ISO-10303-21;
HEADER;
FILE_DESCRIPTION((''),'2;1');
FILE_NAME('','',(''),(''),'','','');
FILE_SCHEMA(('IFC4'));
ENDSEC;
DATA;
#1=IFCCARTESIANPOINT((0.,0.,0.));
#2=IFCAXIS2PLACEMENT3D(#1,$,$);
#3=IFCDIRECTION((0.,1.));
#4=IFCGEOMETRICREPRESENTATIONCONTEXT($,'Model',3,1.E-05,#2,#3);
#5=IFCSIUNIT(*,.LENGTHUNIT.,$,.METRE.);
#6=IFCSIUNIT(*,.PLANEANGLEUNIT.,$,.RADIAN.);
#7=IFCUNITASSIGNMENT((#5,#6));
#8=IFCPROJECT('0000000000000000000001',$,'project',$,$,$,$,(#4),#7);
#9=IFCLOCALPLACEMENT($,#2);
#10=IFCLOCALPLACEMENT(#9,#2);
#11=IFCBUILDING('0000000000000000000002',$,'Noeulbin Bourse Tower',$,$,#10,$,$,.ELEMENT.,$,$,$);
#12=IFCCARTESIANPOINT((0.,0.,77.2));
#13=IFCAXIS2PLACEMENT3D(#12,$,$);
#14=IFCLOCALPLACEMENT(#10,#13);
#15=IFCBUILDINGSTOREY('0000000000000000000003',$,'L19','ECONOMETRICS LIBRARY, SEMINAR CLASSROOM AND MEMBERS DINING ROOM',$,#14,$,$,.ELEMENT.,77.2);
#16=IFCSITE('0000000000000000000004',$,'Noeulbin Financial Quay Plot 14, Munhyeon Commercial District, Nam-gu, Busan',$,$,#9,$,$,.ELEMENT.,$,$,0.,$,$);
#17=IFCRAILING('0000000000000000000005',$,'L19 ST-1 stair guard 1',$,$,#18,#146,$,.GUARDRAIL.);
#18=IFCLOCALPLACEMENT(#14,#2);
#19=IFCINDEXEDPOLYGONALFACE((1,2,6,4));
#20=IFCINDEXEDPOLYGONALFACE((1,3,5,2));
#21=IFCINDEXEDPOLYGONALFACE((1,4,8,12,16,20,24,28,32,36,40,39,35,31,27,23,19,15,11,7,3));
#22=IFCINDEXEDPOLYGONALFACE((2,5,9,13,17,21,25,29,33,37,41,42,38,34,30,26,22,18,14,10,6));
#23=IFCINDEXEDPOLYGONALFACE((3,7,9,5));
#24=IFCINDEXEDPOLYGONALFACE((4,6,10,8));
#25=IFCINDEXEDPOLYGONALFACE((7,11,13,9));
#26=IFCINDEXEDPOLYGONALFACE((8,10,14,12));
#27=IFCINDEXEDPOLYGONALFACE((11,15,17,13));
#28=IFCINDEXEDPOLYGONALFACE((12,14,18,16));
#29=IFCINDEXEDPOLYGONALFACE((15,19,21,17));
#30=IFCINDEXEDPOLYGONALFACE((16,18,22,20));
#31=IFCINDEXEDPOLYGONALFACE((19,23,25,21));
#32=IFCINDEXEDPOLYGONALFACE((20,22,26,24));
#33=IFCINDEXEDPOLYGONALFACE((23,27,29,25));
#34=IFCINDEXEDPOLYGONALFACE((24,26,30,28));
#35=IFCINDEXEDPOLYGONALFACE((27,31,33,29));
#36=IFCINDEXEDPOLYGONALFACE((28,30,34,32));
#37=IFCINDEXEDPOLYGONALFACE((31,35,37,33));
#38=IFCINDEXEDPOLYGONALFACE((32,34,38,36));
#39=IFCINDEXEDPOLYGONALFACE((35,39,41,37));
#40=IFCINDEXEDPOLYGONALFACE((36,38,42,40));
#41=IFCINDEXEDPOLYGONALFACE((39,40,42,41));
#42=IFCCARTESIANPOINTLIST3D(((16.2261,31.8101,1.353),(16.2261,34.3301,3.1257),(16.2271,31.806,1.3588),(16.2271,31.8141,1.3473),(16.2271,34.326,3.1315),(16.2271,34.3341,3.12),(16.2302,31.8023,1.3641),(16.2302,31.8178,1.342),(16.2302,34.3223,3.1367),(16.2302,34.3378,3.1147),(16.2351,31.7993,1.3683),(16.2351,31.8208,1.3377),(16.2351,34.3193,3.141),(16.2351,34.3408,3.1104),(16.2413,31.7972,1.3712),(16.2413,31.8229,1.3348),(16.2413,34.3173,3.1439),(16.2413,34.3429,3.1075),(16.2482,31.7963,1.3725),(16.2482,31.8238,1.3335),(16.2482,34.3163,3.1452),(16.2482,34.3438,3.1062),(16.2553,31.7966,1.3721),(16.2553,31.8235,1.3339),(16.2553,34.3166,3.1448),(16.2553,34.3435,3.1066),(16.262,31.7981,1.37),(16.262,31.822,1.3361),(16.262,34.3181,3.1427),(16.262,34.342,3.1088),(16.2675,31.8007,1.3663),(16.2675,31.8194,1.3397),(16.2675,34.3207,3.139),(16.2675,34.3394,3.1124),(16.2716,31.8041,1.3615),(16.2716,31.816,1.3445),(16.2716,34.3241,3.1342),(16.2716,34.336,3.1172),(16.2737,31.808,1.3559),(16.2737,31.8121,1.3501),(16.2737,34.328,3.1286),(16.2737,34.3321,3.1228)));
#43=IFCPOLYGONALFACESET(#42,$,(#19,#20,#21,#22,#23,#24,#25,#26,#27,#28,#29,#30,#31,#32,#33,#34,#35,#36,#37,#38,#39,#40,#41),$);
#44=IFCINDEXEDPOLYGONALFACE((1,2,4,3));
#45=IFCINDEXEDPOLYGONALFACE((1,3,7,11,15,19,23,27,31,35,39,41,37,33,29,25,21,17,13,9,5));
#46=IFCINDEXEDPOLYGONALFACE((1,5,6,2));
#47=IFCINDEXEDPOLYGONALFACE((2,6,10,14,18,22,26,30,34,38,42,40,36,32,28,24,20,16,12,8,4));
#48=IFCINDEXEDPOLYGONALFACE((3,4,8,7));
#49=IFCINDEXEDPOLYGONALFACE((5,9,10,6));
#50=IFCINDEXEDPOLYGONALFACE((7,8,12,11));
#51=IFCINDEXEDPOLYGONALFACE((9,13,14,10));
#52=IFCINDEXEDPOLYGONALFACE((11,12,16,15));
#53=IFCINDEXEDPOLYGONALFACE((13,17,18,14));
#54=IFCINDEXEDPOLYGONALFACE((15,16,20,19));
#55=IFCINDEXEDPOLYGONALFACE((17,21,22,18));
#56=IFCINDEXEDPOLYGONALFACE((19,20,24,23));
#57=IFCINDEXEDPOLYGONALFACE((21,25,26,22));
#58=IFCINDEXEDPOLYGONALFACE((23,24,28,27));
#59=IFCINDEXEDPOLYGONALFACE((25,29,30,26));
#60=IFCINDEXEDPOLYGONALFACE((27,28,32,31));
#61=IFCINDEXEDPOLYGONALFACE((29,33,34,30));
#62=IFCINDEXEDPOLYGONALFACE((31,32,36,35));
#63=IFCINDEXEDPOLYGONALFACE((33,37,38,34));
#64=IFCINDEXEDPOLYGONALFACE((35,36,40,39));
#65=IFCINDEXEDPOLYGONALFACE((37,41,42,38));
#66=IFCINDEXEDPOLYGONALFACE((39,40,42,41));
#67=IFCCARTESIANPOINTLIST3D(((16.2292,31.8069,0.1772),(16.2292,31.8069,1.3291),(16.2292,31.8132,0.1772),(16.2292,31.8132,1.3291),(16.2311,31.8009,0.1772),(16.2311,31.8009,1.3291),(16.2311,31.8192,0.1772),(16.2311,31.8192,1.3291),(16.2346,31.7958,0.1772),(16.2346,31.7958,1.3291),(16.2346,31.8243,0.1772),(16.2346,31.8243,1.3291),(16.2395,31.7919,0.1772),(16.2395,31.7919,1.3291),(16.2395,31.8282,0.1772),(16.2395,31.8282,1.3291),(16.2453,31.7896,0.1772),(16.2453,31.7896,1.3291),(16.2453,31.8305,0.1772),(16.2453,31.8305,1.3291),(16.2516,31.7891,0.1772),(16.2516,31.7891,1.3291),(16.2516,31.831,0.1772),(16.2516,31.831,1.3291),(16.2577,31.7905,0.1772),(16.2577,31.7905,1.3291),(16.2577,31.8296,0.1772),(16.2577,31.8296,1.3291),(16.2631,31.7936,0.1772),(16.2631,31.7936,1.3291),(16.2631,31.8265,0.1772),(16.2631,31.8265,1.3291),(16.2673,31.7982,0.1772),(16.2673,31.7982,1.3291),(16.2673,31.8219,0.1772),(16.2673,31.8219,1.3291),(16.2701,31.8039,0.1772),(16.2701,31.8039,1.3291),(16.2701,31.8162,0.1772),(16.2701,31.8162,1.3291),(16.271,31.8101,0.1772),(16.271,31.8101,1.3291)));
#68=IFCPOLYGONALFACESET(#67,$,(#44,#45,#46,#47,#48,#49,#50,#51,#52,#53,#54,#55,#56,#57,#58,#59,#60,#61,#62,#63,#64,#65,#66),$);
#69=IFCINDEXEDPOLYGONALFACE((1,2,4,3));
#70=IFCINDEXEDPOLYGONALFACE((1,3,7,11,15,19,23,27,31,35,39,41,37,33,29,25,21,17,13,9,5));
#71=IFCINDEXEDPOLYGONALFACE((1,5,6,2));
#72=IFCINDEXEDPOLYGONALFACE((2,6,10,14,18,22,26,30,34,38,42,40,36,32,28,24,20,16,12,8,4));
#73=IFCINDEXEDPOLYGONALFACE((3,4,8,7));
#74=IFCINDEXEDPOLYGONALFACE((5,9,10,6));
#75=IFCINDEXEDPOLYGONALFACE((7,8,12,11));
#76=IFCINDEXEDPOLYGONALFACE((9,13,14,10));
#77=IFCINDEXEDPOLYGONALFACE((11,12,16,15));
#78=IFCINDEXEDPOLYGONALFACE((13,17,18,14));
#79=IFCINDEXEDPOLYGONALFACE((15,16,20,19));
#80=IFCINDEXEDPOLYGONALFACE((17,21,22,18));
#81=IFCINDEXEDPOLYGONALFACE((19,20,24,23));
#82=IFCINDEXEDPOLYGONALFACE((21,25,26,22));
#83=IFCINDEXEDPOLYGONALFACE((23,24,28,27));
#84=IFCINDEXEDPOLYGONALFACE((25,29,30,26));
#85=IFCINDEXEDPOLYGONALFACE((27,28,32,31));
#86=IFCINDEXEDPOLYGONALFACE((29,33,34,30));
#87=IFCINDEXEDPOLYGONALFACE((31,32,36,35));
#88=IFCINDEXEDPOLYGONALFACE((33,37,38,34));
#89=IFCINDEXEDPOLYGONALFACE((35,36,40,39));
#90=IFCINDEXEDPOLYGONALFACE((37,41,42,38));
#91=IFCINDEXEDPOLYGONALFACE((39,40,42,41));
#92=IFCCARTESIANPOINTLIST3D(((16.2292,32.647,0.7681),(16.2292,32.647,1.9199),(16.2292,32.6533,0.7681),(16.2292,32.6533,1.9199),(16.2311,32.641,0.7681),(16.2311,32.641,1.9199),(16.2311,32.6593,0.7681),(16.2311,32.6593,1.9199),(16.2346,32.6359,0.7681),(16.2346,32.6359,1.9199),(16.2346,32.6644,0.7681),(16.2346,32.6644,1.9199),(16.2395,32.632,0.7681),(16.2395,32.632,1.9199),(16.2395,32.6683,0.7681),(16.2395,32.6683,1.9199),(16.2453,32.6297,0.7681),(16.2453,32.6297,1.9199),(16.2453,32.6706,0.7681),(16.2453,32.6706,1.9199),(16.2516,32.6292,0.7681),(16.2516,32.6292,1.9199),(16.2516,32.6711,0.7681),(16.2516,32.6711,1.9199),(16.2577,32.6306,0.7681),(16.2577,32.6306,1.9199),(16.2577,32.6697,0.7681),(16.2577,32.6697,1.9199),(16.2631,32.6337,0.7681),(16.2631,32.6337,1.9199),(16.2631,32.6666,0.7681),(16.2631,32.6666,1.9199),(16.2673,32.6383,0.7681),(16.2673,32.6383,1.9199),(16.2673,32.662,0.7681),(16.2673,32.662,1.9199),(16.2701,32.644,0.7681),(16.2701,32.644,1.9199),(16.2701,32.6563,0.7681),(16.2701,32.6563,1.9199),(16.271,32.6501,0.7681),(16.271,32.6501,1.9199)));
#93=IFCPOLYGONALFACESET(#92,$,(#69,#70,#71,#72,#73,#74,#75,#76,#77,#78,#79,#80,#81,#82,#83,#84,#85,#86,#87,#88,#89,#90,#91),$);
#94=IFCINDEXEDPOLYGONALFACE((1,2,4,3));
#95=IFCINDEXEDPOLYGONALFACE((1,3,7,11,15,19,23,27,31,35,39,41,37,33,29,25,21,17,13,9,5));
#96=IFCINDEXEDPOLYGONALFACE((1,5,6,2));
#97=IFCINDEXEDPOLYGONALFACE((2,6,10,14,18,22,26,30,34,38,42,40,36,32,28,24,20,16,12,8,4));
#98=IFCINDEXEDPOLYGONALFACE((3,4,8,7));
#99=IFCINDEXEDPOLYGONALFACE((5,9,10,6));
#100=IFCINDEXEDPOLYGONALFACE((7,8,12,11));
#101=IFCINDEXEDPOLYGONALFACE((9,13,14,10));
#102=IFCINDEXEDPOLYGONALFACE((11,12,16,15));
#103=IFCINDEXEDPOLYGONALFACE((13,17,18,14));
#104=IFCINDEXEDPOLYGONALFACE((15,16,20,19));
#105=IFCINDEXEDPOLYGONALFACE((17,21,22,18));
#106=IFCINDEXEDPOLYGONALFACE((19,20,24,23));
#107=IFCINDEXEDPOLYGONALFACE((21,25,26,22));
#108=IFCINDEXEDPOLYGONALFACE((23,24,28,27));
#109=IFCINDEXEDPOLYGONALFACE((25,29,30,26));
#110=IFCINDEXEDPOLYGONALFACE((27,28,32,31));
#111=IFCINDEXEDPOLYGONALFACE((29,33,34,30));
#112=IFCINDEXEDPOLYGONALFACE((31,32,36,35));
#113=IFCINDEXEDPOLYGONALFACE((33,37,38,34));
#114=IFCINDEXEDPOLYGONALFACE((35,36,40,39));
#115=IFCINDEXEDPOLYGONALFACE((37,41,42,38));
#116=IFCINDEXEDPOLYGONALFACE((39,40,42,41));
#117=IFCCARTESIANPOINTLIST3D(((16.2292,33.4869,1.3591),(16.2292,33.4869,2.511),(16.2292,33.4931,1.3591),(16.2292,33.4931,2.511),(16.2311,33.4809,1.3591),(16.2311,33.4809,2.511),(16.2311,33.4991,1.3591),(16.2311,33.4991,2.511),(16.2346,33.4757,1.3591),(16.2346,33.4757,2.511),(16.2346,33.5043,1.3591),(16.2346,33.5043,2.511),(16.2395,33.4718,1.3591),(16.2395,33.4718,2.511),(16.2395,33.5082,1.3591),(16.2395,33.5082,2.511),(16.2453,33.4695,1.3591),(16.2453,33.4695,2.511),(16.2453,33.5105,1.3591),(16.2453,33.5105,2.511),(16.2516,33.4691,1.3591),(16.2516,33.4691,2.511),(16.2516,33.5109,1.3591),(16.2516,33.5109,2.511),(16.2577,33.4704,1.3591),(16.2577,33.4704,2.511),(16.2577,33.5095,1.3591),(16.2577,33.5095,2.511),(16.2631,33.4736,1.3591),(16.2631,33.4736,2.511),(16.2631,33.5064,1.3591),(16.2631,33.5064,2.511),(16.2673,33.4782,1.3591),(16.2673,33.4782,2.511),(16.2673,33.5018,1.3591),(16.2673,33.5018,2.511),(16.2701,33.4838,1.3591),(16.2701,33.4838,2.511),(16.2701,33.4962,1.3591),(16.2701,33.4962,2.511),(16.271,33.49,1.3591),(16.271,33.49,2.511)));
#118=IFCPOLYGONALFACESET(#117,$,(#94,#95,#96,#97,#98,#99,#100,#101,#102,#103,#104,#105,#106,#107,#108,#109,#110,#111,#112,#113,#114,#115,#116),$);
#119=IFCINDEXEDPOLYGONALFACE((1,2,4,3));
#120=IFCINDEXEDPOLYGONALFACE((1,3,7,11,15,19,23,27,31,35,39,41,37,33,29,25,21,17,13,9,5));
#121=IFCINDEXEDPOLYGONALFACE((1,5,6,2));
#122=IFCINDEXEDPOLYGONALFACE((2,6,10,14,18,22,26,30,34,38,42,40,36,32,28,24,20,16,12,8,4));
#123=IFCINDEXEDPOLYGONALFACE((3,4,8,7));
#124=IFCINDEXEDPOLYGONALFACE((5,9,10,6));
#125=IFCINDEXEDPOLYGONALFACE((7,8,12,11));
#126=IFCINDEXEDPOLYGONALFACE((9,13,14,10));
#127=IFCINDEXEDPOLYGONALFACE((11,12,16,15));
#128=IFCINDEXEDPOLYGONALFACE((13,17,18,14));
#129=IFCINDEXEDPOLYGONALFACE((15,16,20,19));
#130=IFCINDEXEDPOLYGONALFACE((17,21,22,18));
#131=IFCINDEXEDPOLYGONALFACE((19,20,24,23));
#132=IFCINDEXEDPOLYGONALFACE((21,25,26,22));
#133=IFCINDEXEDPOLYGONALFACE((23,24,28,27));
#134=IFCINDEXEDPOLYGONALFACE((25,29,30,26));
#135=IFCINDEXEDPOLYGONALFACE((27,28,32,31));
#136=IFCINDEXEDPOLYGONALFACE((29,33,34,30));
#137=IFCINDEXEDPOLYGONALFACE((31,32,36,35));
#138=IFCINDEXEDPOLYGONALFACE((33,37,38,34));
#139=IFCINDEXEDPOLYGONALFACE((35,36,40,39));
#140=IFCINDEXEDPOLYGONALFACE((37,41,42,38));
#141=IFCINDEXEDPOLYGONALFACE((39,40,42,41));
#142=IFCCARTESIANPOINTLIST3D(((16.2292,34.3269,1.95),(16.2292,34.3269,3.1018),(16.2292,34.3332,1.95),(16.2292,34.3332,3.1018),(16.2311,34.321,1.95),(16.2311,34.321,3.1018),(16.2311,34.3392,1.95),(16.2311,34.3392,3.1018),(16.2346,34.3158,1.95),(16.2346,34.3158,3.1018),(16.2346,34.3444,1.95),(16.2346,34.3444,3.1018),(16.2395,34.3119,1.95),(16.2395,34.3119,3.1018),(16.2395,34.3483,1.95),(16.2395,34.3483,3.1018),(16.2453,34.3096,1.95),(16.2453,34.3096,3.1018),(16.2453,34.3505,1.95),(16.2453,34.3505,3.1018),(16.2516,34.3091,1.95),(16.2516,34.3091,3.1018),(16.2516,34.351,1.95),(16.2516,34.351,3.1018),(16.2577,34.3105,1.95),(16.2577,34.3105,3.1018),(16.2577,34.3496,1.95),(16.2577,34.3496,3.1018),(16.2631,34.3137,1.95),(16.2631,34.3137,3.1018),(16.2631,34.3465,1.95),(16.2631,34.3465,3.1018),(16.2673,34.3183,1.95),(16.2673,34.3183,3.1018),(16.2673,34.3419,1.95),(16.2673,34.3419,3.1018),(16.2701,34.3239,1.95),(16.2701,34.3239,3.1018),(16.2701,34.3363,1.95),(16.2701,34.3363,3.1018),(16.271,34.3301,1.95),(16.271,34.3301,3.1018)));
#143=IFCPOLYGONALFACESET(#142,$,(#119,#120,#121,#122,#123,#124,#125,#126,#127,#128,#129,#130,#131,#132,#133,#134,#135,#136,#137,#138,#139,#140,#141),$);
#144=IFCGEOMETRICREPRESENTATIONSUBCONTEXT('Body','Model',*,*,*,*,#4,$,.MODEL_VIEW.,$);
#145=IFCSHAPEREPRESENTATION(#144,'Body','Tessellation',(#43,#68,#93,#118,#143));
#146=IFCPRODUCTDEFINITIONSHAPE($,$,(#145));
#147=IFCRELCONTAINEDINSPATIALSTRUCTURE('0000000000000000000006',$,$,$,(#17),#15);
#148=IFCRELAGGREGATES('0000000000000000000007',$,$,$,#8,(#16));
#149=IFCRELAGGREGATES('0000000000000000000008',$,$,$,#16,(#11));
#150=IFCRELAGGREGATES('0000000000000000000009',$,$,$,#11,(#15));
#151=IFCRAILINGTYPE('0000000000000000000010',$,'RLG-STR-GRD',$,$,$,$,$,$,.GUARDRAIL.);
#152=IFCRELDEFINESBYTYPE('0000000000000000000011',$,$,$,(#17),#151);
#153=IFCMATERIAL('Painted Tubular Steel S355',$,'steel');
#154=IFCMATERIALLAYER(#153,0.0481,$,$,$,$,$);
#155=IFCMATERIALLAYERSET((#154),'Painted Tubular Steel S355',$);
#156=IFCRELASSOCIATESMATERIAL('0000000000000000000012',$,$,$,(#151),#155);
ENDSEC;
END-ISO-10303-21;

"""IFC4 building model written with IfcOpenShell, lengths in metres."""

from ifc_helpers import new_model, si_unit, direction, frame, origin, origin_2d, place, context, subcontext, project, spatial, circle, extrude, material, layer, layer_set, type_object, element, save


model = new_model("IFC4")

# Units and contexts
model_context = context("Model", 3, precision=1e-05, world=origin(), true_north=direction((0.0, 1.0)))
body_context = subcontext(model_context, "Body", "Model", "MODEL_VIEW")
ifc_project = project(units=[si_unit("LENGTHUNIT", "METRE"), si_unit("PLANEANGLEUNIT", "RADIAN")], contexts=[model_context])

# Site, building, storey
site_placement = place(None, origin())
site = spatial("IfcSite", under=ifc_project, at=site_placement, Name="Noeulbin Financial Quay Plot 14, Munhyeon Commercial District, Nam-gu, Busan", CompositionType="ELEMENT", RefElevation=0.0)
building_placement = place(site_placement, origin())
building = spatial("IfcBuilding", under=site, at=building_placement, Name="Noeulbin Bourse Tower", CompositionType="ELEMENT")
storey_placement = place(building_placement, frame((0.0, 0.0, 77.2)))
storey = spatial("IfcBuildingStorey", under=building, at=storey_placement, Name="L19", Description="ECONOMETRICS LIBRARY, SEMINAR CLASSROOM AND MEMBERS DINING ROOM", CompositionType="ELEMENT", Elevation=77.2)

# Railing
ifc_material_1 = material(Name="Painted Tubular Steel S355", Category="steel")
ifc_layer_1 = layer(ifc_material_1, 0.0481)
ifc_layer_set_1 = layer_set([ifc_layer_1], Name="Painted Tubular Steel S355")
railing_type_1 = type_object("IfcRailingType", Name="RLG-STR-GRD", PredefinedType="GUARDRAIL", material=ifc_layer_set_1)
railing_1_placement = place(storey_placement, frame((16.25, 31.8101, 0.1772)))
element("IfcRailing", 1, at=railing_1_placement, inside=storey, type_object=railing_type_1, Name="L19 ST-1 stair guard 1", PredefinedType="GUARDRAIL", context=body_context, shape_type="SweptSolid", body=[
    extrude(circle(Radius=0.0239, at=origin_2d()), frame((0.0, 0.0, 1.1758), z_axis=(0.0, 0.817904, 0.575354), x_axis=(-1.0, 0.0, 0.0)), (0.0, 0.0, 1.0), 3.0811),
    extrude(circle(Radius=0.021, at=origin_2d()), origin(), (0.0, 0.0, 1.0), 1.1519),
    extrude(circle(Radius=0.021, at=origin_2d()), frame((0.0, 0.8401, 0.5908)), (0.0, 0.0, 1.0), 1.1519),
    extrude(circle(Radius=0.021, at=origin_2d()), frame((0.0, 1.6799, 1.1819)), (0.0, 0.0, 1.0), 1.1519),
    extrude(circle(Radius=0.021, at=origin_2d()), frame((0.0, 2.52, 1.7727)), (0.0, 0.0, 1.0), 1.1519),
])

save(model, "model.ifc")
